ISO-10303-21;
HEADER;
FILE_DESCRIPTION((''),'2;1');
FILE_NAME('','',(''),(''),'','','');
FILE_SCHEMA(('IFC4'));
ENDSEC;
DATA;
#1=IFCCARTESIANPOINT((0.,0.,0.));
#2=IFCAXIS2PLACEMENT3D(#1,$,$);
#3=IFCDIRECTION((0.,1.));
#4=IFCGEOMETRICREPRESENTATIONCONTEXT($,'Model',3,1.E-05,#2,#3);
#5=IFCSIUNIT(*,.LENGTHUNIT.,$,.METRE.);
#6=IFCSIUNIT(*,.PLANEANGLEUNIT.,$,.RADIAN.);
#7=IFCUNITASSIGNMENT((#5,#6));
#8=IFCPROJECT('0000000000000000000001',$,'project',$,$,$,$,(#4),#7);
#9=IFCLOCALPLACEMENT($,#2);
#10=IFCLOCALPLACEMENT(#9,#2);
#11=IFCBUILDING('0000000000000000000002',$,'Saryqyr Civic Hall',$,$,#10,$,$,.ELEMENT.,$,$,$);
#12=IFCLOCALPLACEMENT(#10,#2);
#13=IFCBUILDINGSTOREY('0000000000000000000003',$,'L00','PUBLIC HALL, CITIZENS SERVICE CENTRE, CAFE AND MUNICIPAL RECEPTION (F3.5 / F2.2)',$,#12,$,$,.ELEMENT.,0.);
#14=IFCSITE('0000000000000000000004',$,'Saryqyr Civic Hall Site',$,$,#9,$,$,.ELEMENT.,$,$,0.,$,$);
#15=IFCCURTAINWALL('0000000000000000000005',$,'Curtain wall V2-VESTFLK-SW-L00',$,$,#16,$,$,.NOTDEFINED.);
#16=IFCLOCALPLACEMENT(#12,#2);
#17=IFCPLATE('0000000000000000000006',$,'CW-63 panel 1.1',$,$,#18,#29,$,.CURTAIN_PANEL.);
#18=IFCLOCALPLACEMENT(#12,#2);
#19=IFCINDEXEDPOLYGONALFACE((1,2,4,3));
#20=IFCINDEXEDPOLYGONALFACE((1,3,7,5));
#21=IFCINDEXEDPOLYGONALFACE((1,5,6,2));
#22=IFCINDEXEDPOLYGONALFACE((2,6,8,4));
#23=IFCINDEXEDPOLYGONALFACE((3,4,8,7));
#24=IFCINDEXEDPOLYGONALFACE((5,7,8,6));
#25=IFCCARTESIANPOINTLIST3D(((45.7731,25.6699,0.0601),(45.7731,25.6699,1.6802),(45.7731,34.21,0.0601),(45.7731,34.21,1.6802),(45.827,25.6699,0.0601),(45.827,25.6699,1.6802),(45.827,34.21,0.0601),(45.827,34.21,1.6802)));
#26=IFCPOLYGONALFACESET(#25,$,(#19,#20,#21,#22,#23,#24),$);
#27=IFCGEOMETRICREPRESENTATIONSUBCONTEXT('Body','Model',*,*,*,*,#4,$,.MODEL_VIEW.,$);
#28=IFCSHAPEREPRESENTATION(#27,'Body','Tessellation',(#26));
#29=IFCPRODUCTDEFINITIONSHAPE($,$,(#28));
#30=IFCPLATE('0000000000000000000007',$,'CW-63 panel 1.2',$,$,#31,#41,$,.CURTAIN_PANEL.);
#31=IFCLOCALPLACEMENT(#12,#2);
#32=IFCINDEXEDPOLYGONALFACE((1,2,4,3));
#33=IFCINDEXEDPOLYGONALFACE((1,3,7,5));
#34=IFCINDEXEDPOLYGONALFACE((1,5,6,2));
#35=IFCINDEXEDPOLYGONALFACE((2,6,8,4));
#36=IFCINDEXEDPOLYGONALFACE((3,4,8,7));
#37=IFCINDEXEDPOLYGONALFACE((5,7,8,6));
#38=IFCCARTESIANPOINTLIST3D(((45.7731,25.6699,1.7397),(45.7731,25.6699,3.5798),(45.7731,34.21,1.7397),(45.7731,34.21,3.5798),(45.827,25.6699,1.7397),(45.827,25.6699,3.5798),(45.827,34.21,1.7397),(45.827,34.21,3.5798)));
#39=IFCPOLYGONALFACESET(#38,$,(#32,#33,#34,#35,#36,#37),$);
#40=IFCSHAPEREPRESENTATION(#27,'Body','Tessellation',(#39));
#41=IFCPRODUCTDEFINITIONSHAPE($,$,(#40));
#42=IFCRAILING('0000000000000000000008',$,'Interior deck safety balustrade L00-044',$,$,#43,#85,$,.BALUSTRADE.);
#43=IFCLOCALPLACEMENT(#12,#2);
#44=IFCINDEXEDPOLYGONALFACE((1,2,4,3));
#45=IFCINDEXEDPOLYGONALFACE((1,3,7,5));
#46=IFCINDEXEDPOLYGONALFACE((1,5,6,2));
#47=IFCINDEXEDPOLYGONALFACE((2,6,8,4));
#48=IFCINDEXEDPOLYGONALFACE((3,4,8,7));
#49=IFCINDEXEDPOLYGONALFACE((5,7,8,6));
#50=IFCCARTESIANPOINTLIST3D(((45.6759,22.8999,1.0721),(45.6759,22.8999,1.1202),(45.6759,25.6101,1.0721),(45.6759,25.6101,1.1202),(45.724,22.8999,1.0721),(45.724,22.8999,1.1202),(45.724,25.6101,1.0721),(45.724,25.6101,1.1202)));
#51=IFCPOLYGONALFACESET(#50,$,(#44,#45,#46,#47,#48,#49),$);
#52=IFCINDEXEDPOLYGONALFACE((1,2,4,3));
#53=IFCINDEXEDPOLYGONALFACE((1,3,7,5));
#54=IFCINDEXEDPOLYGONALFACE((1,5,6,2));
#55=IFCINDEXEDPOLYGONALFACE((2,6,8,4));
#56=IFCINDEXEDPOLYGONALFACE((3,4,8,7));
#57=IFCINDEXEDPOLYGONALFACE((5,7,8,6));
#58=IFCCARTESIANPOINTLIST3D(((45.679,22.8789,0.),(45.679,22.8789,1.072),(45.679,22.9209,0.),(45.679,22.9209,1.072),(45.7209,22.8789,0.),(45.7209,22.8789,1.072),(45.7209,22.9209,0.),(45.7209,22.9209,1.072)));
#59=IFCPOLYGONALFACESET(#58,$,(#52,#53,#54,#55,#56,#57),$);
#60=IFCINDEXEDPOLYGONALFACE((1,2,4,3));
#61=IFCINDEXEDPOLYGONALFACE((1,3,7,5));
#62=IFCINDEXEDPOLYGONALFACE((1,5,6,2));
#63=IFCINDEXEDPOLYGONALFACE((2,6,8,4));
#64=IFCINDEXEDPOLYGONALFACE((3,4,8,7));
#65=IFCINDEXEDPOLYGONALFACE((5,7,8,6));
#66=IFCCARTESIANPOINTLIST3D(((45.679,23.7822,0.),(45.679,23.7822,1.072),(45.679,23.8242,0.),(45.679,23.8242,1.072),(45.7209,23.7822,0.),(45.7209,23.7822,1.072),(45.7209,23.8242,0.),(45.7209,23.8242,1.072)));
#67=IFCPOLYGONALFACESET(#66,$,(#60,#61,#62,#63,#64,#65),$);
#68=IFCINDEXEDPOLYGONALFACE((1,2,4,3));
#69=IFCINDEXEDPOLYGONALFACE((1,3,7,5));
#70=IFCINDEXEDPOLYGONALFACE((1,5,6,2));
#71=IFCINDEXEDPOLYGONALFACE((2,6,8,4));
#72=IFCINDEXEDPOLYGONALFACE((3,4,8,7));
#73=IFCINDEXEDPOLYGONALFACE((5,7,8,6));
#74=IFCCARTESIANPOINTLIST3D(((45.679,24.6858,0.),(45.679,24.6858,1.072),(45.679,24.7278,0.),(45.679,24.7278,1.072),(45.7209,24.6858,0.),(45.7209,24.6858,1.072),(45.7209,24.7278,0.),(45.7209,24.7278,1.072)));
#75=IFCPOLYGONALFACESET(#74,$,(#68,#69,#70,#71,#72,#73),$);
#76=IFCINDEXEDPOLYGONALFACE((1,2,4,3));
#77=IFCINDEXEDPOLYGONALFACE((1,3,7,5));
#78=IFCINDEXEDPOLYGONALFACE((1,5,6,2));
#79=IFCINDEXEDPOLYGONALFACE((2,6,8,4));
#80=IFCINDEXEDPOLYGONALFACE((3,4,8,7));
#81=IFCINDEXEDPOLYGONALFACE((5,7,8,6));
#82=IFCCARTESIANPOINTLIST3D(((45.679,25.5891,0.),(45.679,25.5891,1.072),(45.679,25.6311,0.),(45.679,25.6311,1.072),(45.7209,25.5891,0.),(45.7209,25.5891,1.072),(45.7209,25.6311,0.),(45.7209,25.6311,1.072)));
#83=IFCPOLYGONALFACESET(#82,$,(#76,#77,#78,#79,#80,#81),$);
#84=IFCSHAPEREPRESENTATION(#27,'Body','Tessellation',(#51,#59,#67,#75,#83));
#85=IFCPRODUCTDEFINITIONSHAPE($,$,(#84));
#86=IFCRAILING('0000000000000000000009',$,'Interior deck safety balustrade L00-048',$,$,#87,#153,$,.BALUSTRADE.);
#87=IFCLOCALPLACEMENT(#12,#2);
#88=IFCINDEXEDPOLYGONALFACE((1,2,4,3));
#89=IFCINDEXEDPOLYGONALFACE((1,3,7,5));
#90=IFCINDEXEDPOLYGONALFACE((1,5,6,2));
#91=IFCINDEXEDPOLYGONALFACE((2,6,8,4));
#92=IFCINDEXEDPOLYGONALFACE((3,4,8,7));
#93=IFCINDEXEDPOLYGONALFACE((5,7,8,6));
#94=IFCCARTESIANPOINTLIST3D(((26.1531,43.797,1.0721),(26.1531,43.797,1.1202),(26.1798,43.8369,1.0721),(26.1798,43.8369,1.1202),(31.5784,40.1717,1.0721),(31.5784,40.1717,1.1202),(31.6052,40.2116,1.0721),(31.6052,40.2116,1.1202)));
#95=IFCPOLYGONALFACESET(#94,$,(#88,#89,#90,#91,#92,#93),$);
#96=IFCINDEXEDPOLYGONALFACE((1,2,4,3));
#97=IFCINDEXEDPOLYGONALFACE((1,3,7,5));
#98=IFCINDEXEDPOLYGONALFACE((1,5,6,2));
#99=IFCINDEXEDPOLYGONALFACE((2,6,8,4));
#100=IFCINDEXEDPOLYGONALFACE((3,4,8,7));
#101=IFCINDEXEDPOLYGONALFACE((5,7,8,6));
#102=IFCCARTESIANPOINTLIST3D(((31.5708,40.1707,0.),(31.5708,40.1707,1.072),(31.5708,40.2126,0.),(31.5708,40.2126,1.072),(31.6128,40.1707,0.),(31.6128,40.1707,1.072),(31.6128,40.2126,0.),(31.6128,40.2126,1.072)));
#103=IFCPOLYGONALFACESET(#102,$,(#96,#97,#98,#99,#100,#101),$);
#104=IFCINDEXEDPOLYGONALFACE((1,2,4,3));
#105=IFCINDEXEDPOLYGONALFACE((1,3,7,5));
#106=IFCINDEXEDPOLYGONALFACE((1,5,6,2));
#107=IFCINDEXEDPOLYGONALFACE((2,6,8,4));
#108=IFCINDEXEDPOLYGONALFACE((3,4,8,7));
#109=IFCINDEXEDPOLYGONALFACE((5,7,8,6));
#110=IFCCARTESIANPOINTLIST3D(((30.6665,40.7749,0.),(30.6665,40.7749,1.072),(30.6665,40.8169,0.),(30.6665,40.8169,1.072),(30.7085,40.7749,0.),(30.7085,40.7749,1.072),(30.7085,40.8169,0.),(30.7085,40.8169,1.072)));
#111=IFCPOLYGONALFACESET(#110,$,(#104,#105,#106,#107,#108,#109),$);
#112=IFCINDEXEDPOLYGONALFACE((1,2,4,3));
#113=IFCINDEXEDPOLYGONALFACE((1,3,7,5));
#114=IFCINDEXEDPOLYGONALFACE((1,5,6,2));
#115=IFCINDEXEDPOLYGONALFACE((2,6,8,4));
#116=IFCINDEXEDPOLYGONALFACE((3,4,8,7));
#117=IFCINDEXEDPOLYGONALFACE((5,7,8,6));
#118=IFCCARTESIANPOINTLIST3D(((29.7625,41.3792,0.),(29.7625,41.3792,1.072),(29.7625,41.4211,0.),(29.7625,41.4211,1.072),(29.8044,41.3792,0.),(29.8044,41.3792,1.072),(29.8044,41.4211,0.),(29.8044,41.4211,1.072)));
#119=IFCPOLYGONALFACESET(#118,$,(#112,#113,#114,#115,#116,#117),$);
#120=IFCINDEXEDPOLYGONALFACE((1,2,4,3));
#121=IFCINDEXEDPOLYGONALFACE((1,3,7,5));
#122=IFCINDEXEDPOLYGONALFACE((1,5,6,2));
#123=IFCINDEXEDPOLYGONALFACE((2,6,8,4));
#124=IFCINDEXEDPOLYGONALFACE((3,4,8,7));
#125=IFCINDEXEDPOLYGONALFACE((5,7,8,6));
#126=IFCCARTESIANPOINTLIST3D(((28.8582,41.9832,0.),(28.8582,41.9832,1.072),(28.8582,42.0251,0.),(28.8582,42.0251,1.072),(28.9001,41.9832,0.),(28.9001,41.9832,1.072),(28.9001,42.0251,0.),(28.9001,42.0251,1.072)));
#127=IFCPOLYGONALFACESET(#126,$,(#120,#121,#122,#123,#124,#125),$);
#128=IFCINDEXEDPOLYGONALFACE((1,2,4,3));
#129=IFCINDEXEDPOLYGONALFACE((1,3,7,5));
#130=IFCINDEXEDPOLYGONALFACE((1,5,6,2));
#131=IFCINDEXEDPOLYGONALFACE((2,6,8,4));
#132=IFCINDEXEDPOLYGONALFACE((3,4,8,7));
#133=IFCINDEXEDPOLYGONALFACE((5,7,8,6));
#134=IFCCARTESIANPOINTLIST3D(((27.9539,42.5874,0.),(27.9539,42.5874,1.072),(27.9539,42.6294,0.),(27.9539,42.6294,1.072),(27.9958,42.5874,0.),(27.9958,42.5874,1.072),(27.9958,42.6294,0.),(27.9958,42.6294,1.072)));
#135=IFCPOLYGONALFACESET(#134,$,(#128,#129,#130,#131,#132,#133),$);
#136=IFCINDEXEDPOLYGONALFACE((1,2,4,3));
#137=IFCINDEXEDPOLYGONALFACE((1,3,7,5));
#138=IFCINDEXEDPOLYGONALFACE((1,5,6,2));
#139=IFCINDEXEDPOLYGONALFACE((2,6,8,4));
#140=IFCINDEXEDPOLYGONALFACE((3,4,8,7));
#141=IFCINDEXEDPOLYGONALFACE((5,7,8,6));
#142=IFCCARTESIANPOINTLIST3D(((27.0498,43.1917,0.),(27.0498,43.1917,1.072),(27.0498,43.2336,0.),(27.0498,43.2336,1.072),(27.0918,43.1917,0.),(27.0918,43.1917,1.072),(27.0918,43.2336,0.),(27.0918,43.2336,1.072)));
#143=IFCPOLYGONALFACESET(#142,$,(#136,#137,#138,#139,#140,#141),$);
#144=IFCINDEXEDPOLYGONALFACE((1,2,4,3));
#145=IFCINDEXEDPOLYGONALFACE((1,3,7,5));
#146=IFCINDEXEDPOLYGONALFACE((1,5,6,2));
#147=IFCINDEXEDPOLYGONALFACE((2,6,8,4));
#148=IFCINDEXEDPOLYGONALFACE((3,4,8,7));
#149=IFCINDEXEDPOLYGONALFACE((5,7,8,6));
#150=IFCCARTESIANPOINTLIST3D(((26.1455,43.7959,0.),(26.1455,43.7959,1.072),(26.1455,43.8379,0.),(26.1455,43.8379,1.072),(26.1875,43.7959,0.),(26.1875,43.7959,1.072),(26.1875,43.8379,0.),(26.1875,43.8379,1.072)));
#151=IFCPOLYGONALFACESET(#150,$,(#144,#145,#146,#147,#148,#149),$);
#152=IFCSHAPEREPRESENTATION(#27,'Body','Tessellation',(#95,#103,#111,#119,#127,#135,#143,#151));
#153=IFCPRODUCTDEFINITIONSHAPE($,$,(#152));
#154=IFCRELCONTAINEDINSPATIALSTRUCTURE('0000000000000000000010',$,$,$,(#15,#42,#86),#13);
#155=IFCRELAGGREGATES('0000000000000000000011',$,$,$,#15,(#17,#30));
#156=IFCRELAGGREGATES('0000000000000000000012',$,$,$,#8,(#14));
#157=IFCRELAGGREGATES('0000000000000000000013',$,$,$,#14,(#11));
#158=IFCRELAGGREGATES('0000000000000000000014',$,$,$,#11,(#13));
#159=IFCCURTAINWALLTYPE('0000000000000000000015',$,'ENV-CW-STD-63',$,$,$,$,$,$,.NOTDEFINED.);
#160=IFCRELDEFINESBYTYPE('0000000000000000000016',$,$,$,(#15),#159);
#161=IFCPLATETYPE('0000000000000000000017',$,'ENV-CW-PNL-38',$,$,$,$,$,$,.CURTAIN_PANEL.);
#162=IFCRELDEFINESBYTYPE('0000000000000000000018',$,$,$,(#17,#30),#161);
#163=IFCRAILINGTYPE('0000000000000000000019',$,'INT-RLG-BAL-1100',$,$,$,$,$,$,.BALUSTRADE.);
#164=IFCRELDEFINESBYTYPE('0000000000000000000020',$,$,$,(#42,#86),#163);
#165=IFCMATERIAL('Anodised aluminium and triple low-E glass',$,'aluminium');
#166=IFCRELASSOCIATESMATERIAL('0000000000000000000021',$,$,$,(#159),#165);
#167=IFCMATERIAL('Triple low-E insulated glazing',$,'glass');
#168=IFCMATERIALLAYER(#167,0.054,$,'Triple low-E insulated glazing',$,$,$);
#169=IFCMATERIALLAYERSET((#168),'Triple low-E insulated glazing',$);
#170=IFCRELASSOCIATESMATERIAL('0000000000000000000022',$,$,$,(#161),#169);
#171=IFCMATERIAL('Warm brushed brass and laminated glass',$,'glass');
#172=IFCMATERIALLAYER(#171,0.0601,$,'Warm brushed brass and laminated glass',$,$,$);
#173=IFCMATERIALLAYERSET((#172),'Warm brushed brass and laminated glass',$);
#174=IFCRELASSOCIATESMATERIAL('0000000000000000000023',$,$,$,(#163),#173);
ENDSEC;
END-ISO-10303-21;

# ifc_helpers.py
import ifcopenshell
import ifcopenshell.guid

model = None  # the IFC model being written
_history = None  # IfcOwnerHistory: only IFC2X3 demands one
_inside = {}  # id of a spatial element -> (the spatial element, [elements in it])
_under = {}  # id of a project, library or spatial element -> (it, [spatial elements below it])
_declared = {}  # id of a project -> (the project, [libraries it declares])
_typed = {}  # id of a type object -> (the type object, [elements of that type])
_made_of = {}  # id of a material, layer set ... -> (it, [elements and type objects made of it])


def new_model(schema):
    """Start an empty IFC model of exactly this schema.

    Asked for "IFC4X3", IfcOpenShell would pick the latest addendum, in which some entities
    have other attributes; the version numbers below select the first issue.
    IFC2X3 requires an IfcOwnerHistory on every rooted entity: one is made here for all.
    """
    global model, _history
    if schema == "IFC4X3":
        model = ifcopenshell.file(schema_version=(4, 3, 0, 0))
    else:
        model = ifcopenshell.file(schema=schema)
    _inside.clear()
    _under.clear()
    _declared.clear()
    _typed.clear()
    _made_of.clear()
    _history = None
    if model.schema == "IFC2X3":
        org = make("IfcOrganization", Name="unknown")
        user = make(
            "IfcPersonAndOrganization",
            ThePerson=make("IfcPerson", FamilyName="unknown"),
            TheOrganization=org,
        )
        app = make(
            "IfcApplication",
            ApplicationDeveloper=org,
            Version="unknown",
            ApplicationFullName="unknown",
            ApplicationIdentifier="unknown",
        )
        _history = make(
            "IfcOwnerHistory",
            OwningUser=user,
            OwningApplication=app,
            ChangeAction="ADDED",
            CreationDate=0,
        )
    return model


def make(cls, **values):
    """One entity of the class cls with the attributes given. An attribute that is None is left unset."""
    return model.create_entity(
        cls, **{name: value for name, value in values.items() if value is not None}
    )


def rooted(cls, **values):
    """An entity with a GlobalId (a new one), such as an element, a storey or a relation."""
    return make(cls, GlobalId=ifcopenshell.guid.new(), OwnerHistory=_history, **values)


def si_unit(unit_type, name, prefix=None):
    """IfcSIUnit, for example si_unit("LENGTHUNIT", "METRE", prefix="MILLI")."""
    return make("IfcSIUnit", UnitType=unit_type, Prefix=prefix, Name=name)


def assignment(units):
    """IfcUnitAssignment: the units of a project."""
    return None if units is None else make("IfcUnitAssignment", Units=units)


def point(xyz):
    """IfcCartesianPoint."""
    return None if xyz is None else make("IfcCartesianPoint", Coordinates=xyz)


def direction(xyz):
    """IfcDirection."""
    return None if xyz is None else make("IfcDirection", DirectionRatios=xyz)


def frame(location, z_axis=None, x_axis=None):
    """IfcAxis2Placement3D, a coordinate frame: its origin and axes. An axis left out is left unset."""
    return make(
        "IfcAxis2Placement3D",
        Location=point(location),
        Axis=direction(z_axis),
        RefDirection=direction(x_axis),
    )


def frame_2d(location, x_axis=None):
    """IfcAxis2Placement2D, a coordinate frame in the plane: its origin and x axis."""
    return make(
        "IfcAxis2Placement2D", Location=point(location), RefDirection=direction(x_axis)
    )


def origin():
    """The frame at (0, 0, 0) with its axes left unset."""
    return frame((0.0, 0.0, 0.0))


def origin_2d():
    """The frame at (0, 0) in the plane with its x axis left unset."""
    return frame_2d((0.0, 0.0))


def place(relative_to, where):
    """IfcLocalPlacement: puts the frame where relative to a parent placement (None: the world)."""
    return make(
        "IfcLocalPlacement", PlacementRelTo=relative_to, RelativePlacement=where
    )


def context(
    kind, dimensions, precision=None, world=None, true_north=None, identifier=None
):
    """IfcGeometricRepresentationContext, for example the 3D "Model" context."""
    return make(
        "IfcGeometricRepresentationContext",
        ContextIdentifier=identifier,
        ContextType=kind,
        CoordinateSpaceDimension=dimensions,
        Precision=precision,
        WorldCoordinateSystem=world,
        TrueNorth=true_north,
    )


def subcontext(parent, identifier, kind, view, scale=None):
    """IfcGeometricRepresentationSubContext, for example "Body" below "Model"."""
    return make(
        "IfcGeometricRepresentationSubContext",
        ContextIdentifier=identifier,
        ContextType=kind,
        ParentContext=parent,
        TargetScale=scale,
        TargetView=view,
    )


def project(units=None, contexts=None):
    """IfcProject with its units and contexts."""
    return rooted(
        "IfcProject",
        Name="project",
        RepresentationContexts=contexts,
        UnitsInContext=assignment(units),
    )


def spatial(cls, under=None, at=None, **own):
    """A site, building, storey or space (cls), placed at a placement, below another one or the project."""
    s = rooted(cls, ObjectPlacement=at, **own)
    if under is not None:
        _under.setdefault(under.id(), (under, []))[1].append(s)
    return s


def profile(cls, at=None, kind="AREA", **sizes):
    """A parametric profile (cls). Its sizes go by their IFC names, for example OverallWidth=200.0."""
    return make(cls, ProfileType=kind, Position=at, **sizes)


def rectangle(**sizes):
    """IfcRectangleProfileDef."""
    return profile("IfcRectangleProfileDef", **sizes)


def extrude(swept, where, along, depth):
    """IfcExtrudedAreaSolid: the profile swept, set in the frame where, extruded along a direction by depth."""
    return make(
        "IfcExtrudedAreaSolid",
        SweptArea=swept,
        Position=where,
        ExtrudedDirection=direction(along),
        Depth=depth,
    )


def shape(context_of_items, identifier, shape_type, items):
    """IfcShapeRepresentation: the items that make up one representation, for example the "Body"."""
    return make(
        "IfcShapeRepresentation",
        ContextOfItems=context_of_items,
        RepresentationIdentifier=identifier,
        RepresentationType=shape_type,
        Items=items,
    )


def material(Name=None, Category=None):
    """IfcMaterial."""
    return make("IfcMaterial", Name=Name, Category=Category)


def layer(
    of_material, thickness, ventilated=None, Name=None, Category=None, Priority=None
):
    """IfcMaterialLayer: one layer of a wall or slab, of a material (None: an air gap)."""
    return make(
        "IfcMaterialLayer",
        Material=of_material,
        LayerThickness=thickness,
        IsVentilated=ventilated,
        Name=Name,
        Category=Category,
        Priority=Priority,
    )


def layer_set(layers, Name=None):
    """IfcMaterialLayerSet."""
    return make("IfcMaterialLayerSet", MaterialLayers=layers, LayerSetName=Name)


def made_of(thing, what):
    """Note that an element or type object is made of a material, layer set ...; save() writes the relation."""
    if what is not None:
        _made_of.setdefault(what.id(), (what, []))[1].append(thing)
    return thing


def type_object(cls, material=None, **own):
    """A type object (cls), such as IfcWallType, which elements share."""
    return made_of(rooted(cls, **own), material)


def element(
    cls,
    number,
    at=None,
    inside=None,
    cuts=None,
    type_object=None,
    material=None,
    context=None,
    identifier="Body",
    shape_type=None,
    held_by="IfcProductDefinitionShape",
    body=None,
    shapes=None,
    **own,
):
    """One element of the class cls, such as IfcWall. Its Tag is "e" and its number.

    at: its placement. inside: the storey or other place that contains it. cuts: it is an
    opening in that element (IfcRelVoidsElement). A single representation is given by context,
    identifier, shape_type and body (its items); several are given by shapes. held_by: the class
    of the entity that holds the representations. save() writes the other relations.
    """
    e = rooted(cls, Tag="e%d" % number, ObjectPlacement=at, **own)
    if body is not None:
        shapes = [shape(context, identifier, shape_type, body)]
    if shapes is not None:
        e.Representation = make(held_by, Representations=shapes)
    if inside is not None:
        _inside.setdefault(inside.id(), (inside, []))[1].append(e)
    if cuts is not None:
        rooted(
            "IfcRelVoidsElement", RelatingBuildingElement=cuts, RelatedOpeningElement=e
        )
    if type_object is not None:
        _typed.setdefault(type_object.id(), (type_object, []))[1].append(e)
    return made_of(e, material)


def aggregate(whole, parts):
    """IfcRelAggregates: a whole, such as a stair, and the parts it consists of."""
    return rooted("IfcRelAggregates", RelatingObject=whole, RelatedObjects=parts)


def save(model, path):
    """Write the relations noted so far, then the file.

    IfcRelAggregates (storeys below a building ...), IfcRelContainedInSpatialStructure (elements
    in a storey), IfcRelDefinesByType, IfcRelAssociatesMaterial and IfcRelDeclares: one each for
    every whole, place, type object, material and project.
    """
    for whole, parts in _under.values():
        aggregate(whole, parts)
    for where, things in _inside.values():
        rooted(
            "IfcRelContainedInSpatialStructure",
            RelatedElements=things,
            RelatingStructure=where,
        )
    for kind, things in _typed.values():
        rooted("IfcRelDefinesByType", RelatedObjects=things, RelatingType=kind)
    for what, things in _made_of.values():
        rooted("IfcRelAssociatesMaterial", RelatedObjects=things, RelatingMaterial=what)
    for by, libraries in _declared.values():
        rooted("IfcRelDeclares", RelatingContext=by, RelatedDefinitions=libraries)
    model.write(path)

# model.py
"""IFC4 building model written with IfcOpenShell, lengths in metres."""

from ifc_helpers import new_model, si_unit, direction, frame, origin, origin_2d, place, context, subcontext, project, spatial, rectangle, extrude, material, layer, layer_set, type_object, element, aggregate, save


model = new_model("IFC4")

# Units and contexts
model_context = context("Model", 3, precision=1e-05, world=origin(), true_north=direction((0.0, 1.0)))
body_context = subcontext(model_context, "Body", "Model", "MODEL_VIEW")
ifc_project = project(units=[si_unit("LENGTHUNIT", "METRE"), si_unit("PLANEANGLEUNIT", "RADIAN")], contexts=[model_context])

# Site, building, storey
site_placement = place(None, origin())
site = spatial("IfcSite", under=ifc_project, at=site_placement, Name="Saryqyr Civic Hall Site", CompositionType="ELEMENT", RefElevation=0.0)
building_placement = place(site_placement, origin())
building = spatial("IfcBuilding", under=site, at=building_placement, Name="Saryqyr Civic Hall", CompositionType="ELEMENT")
storey_placement = place(building_placement, origin())
storey = spatial("IfcBuildingStorey", under=building, at=storey_placement, Name="L00", Description="PUBLIC HALL, CITIZENS SERVICE CENTRE, CAFE AND MUNICIPAL RECEPTION (F3.5 / F2.2)", CompositionType="ELEMENT", Elevation=0.0)

# Curtain wall
ifc_material_1 = material(Name="Anodised aluminium and triple low-E glass", Category="aluminium")
curtain_wall_type_1 = type_object("IfcCurtainWallType", Name="ENV-CW-STD-63", PredefinedType="NOTDEFINED", material=ifc_material_1)
curtain_wall_1_placement = place(storey_placement, origin())
curtain_wall_1 = element("IfcCurtainWall", 1, at=curtain_wall_1_placement, inside=storey, type_object=curtain_wall_type_1, Name="Curtain wall V2-VESTFLK-SW-L00", PredefinedType="NOTDEFINED")

# Plates
ifc_material_2 = material(Name="Triple low-E insulated glazing", Category="glass")
ifc_layer_1 = layer(ifc_material_2, 0.054, Name="Triple low-E insulated glazing")
ifc_layer_set_1 = layer_set([ifc_layer_1], Name="Triple low-E insulated glazing")
plate_type = type_object("IfcPlateType", Name="ENV-CW-PNL-38", PredefinedType="CURTAIN_PANEL", material=ifc_layer_set_1)
plate_1_placement = place(storey_placement, frame((45.8, 29.9399, 0.0601), z_axis=(0.0, 0.0, 1.0), x_axis=(0.0, 1.0, 0.0)))
plate_1 = element("IfcPlate", 2, at=plate_1_placement, type_object=plate_type, Name="CW-63 panel 1.1", PredefinedType="CURTAIN_PANEL", context=body_context, shape_type="SweptSolid", body=[
    extrude(rectangle(XDim=8.54, YDim=0.054, at=origin_2d()), origin(), (0.0, 0.0, 1.0), 1.6201),
])
plate_2_placement = place(storey_placement, frame((45.8, 29.9399, 1.7397), z_axis=(0.0, 0.0, 1.0), x_axis=(0.0, 1.0, 0.0)))
plate_2 = element("IfcPlate", 3, at=plate_2_placement, type_object=plate_type, Name="CW-63 panel 1.2", PredefinedType="CURTAIN_PANEL", context=body_context, shape_type="SweptSolid", body=[
    extrude(rectangle(XDim=8.54, YDim=0.054, at=origin_2d()), origin(), (0.0, 0.0, 1.0), 1.8401),
])
aggregate(curtain_wall_1, [plate_1, plate_2])

# Railings
ifc_material_3 = material(Name="Warm brushed brass and laminated glass", Category="glass")
ifc_layer_2 = layer(ifc_material_3, 0.0601, Name="Warm brushed brass and laminated glass")
ifc_layer_set_2 = layer_set([ifc_layer_2], Name="Warm brushed brass and laminated glass")
railing_type = type_object("IfcRailingType", Name="INT-RLG-BAL-1100", PredefinedType="BALUSTRADE", material=ifc_layer_set_2)
railing_1_placement = place(storey_placement, frame((45.7, 22.8999, 0.0)))
element("IfcRailing", 4, at=railing_1_placement, inside=storey, type_object=railing_type, Name="Interior deck safety balustrade L00-044", PredefinedType="BALUSTRADE", context=body_context, shape_type="SweptSolid", body=[
    extrude(rectangle(XDim=0.0481, YDim=0.0481, at=origin_2d()), frame((0.0, 0.0, 1.0962), z_axis=(0.0, 1.0, 0.0), x_axis=(-1.0, 0.0, 0.0)), (0.0, 0.0, 1.0), 2.7102),
    extrude(rectangle(XDim=0.042, YDim=0.042, at=origin_2d()), origin(), (0.0, 0.0, 1.0), 1.072),
    extrude(rectangle(XDim=0.042, YDim=0.042, at=origin_2d()), frame((0.0, 0.9033, 0.0)), (0.0, 0.0, 1.0), 1.072),
    extrude(rectangle(XDim=0.042, YDim=0.042, at=origin_2d()), frame((0.0, 1.8069, 0.0)), (0.0, 0.0, 1.0), 1.072),
    extrude(rectangle(XDim=0.042, YDim=0.042, at=origin_2d()), frame((0.0, 2.7102, 0.0)), (0.0, 0.0, 1.0), 1.072),
])
railing_2_placement = place(storey_placement, frame((31.5918, 40.1917, 0.0)))
element("IfcRailing", 5, at=railing_2_placement, inside=storey, type_object=railing_type, Name="Interior deck safety balustrade L00-048", PredefinedType="BALUSTRADE", context=body_context, shape_type="SweptSolid", body=[
    extrude(rectangle(XDim=0.0481, YDim=0.0481, at=origin_2d()), frame((0.0, 0.0, 1.0962), z_axis=(-0.831457, 0.555589, 0.0), x_axis=(-0.555589, -0.831457, 0.0)), (0.0, 0.0, 1.0), 6.5251),
    extrude(rectangle(XDim=0.042, YDim=0.042, at=origin_2d()), origin(), (0.0, 0.0, 1.0), 1.072),
    extrude(rectangle(XDim=0.042, YDim=0.042, at=origin_2d()), frame((-0.9043, 0.6042, 0.0)), (0.0, 0.0, 1.0), 1.072),
    extrude(rectangle(XDim=0.042, YDim=0.042, at=origin_2d()), frame((-1.8083, 1.2085, 0.0)), (0.0, 0.0, 1.0), 1.072),
    extrude(rectangle(XDim=0.042, YDim=0.042, at=origin_2d()), frame((-2.7126, 1.8125, 0.0)), (0.0, 0.0, 1.0), 1.072),
    extrude(rectangle(XDim=0.042, YDim=0.042, at=origin_2d()), frame((-3.6169, 2.4167, 0.0)), (0.0, 0.0, 1.0), 1.072),
    extrude(rectangle(XDim=0.042, YDim=0.042, at=origin_2d()), frame((-4.521, 3.021, 0.0)), (0.0, 0.0, 1.0), 1.072),
    extrude(rectangle(XDim=0.042, YDim=0.042, at=origin_2d()), frame((-5.4253, 3.6252, 0.0)), (0.0, 0.0, 1.0), 1.072),
])

save(model, "model.ifc")
